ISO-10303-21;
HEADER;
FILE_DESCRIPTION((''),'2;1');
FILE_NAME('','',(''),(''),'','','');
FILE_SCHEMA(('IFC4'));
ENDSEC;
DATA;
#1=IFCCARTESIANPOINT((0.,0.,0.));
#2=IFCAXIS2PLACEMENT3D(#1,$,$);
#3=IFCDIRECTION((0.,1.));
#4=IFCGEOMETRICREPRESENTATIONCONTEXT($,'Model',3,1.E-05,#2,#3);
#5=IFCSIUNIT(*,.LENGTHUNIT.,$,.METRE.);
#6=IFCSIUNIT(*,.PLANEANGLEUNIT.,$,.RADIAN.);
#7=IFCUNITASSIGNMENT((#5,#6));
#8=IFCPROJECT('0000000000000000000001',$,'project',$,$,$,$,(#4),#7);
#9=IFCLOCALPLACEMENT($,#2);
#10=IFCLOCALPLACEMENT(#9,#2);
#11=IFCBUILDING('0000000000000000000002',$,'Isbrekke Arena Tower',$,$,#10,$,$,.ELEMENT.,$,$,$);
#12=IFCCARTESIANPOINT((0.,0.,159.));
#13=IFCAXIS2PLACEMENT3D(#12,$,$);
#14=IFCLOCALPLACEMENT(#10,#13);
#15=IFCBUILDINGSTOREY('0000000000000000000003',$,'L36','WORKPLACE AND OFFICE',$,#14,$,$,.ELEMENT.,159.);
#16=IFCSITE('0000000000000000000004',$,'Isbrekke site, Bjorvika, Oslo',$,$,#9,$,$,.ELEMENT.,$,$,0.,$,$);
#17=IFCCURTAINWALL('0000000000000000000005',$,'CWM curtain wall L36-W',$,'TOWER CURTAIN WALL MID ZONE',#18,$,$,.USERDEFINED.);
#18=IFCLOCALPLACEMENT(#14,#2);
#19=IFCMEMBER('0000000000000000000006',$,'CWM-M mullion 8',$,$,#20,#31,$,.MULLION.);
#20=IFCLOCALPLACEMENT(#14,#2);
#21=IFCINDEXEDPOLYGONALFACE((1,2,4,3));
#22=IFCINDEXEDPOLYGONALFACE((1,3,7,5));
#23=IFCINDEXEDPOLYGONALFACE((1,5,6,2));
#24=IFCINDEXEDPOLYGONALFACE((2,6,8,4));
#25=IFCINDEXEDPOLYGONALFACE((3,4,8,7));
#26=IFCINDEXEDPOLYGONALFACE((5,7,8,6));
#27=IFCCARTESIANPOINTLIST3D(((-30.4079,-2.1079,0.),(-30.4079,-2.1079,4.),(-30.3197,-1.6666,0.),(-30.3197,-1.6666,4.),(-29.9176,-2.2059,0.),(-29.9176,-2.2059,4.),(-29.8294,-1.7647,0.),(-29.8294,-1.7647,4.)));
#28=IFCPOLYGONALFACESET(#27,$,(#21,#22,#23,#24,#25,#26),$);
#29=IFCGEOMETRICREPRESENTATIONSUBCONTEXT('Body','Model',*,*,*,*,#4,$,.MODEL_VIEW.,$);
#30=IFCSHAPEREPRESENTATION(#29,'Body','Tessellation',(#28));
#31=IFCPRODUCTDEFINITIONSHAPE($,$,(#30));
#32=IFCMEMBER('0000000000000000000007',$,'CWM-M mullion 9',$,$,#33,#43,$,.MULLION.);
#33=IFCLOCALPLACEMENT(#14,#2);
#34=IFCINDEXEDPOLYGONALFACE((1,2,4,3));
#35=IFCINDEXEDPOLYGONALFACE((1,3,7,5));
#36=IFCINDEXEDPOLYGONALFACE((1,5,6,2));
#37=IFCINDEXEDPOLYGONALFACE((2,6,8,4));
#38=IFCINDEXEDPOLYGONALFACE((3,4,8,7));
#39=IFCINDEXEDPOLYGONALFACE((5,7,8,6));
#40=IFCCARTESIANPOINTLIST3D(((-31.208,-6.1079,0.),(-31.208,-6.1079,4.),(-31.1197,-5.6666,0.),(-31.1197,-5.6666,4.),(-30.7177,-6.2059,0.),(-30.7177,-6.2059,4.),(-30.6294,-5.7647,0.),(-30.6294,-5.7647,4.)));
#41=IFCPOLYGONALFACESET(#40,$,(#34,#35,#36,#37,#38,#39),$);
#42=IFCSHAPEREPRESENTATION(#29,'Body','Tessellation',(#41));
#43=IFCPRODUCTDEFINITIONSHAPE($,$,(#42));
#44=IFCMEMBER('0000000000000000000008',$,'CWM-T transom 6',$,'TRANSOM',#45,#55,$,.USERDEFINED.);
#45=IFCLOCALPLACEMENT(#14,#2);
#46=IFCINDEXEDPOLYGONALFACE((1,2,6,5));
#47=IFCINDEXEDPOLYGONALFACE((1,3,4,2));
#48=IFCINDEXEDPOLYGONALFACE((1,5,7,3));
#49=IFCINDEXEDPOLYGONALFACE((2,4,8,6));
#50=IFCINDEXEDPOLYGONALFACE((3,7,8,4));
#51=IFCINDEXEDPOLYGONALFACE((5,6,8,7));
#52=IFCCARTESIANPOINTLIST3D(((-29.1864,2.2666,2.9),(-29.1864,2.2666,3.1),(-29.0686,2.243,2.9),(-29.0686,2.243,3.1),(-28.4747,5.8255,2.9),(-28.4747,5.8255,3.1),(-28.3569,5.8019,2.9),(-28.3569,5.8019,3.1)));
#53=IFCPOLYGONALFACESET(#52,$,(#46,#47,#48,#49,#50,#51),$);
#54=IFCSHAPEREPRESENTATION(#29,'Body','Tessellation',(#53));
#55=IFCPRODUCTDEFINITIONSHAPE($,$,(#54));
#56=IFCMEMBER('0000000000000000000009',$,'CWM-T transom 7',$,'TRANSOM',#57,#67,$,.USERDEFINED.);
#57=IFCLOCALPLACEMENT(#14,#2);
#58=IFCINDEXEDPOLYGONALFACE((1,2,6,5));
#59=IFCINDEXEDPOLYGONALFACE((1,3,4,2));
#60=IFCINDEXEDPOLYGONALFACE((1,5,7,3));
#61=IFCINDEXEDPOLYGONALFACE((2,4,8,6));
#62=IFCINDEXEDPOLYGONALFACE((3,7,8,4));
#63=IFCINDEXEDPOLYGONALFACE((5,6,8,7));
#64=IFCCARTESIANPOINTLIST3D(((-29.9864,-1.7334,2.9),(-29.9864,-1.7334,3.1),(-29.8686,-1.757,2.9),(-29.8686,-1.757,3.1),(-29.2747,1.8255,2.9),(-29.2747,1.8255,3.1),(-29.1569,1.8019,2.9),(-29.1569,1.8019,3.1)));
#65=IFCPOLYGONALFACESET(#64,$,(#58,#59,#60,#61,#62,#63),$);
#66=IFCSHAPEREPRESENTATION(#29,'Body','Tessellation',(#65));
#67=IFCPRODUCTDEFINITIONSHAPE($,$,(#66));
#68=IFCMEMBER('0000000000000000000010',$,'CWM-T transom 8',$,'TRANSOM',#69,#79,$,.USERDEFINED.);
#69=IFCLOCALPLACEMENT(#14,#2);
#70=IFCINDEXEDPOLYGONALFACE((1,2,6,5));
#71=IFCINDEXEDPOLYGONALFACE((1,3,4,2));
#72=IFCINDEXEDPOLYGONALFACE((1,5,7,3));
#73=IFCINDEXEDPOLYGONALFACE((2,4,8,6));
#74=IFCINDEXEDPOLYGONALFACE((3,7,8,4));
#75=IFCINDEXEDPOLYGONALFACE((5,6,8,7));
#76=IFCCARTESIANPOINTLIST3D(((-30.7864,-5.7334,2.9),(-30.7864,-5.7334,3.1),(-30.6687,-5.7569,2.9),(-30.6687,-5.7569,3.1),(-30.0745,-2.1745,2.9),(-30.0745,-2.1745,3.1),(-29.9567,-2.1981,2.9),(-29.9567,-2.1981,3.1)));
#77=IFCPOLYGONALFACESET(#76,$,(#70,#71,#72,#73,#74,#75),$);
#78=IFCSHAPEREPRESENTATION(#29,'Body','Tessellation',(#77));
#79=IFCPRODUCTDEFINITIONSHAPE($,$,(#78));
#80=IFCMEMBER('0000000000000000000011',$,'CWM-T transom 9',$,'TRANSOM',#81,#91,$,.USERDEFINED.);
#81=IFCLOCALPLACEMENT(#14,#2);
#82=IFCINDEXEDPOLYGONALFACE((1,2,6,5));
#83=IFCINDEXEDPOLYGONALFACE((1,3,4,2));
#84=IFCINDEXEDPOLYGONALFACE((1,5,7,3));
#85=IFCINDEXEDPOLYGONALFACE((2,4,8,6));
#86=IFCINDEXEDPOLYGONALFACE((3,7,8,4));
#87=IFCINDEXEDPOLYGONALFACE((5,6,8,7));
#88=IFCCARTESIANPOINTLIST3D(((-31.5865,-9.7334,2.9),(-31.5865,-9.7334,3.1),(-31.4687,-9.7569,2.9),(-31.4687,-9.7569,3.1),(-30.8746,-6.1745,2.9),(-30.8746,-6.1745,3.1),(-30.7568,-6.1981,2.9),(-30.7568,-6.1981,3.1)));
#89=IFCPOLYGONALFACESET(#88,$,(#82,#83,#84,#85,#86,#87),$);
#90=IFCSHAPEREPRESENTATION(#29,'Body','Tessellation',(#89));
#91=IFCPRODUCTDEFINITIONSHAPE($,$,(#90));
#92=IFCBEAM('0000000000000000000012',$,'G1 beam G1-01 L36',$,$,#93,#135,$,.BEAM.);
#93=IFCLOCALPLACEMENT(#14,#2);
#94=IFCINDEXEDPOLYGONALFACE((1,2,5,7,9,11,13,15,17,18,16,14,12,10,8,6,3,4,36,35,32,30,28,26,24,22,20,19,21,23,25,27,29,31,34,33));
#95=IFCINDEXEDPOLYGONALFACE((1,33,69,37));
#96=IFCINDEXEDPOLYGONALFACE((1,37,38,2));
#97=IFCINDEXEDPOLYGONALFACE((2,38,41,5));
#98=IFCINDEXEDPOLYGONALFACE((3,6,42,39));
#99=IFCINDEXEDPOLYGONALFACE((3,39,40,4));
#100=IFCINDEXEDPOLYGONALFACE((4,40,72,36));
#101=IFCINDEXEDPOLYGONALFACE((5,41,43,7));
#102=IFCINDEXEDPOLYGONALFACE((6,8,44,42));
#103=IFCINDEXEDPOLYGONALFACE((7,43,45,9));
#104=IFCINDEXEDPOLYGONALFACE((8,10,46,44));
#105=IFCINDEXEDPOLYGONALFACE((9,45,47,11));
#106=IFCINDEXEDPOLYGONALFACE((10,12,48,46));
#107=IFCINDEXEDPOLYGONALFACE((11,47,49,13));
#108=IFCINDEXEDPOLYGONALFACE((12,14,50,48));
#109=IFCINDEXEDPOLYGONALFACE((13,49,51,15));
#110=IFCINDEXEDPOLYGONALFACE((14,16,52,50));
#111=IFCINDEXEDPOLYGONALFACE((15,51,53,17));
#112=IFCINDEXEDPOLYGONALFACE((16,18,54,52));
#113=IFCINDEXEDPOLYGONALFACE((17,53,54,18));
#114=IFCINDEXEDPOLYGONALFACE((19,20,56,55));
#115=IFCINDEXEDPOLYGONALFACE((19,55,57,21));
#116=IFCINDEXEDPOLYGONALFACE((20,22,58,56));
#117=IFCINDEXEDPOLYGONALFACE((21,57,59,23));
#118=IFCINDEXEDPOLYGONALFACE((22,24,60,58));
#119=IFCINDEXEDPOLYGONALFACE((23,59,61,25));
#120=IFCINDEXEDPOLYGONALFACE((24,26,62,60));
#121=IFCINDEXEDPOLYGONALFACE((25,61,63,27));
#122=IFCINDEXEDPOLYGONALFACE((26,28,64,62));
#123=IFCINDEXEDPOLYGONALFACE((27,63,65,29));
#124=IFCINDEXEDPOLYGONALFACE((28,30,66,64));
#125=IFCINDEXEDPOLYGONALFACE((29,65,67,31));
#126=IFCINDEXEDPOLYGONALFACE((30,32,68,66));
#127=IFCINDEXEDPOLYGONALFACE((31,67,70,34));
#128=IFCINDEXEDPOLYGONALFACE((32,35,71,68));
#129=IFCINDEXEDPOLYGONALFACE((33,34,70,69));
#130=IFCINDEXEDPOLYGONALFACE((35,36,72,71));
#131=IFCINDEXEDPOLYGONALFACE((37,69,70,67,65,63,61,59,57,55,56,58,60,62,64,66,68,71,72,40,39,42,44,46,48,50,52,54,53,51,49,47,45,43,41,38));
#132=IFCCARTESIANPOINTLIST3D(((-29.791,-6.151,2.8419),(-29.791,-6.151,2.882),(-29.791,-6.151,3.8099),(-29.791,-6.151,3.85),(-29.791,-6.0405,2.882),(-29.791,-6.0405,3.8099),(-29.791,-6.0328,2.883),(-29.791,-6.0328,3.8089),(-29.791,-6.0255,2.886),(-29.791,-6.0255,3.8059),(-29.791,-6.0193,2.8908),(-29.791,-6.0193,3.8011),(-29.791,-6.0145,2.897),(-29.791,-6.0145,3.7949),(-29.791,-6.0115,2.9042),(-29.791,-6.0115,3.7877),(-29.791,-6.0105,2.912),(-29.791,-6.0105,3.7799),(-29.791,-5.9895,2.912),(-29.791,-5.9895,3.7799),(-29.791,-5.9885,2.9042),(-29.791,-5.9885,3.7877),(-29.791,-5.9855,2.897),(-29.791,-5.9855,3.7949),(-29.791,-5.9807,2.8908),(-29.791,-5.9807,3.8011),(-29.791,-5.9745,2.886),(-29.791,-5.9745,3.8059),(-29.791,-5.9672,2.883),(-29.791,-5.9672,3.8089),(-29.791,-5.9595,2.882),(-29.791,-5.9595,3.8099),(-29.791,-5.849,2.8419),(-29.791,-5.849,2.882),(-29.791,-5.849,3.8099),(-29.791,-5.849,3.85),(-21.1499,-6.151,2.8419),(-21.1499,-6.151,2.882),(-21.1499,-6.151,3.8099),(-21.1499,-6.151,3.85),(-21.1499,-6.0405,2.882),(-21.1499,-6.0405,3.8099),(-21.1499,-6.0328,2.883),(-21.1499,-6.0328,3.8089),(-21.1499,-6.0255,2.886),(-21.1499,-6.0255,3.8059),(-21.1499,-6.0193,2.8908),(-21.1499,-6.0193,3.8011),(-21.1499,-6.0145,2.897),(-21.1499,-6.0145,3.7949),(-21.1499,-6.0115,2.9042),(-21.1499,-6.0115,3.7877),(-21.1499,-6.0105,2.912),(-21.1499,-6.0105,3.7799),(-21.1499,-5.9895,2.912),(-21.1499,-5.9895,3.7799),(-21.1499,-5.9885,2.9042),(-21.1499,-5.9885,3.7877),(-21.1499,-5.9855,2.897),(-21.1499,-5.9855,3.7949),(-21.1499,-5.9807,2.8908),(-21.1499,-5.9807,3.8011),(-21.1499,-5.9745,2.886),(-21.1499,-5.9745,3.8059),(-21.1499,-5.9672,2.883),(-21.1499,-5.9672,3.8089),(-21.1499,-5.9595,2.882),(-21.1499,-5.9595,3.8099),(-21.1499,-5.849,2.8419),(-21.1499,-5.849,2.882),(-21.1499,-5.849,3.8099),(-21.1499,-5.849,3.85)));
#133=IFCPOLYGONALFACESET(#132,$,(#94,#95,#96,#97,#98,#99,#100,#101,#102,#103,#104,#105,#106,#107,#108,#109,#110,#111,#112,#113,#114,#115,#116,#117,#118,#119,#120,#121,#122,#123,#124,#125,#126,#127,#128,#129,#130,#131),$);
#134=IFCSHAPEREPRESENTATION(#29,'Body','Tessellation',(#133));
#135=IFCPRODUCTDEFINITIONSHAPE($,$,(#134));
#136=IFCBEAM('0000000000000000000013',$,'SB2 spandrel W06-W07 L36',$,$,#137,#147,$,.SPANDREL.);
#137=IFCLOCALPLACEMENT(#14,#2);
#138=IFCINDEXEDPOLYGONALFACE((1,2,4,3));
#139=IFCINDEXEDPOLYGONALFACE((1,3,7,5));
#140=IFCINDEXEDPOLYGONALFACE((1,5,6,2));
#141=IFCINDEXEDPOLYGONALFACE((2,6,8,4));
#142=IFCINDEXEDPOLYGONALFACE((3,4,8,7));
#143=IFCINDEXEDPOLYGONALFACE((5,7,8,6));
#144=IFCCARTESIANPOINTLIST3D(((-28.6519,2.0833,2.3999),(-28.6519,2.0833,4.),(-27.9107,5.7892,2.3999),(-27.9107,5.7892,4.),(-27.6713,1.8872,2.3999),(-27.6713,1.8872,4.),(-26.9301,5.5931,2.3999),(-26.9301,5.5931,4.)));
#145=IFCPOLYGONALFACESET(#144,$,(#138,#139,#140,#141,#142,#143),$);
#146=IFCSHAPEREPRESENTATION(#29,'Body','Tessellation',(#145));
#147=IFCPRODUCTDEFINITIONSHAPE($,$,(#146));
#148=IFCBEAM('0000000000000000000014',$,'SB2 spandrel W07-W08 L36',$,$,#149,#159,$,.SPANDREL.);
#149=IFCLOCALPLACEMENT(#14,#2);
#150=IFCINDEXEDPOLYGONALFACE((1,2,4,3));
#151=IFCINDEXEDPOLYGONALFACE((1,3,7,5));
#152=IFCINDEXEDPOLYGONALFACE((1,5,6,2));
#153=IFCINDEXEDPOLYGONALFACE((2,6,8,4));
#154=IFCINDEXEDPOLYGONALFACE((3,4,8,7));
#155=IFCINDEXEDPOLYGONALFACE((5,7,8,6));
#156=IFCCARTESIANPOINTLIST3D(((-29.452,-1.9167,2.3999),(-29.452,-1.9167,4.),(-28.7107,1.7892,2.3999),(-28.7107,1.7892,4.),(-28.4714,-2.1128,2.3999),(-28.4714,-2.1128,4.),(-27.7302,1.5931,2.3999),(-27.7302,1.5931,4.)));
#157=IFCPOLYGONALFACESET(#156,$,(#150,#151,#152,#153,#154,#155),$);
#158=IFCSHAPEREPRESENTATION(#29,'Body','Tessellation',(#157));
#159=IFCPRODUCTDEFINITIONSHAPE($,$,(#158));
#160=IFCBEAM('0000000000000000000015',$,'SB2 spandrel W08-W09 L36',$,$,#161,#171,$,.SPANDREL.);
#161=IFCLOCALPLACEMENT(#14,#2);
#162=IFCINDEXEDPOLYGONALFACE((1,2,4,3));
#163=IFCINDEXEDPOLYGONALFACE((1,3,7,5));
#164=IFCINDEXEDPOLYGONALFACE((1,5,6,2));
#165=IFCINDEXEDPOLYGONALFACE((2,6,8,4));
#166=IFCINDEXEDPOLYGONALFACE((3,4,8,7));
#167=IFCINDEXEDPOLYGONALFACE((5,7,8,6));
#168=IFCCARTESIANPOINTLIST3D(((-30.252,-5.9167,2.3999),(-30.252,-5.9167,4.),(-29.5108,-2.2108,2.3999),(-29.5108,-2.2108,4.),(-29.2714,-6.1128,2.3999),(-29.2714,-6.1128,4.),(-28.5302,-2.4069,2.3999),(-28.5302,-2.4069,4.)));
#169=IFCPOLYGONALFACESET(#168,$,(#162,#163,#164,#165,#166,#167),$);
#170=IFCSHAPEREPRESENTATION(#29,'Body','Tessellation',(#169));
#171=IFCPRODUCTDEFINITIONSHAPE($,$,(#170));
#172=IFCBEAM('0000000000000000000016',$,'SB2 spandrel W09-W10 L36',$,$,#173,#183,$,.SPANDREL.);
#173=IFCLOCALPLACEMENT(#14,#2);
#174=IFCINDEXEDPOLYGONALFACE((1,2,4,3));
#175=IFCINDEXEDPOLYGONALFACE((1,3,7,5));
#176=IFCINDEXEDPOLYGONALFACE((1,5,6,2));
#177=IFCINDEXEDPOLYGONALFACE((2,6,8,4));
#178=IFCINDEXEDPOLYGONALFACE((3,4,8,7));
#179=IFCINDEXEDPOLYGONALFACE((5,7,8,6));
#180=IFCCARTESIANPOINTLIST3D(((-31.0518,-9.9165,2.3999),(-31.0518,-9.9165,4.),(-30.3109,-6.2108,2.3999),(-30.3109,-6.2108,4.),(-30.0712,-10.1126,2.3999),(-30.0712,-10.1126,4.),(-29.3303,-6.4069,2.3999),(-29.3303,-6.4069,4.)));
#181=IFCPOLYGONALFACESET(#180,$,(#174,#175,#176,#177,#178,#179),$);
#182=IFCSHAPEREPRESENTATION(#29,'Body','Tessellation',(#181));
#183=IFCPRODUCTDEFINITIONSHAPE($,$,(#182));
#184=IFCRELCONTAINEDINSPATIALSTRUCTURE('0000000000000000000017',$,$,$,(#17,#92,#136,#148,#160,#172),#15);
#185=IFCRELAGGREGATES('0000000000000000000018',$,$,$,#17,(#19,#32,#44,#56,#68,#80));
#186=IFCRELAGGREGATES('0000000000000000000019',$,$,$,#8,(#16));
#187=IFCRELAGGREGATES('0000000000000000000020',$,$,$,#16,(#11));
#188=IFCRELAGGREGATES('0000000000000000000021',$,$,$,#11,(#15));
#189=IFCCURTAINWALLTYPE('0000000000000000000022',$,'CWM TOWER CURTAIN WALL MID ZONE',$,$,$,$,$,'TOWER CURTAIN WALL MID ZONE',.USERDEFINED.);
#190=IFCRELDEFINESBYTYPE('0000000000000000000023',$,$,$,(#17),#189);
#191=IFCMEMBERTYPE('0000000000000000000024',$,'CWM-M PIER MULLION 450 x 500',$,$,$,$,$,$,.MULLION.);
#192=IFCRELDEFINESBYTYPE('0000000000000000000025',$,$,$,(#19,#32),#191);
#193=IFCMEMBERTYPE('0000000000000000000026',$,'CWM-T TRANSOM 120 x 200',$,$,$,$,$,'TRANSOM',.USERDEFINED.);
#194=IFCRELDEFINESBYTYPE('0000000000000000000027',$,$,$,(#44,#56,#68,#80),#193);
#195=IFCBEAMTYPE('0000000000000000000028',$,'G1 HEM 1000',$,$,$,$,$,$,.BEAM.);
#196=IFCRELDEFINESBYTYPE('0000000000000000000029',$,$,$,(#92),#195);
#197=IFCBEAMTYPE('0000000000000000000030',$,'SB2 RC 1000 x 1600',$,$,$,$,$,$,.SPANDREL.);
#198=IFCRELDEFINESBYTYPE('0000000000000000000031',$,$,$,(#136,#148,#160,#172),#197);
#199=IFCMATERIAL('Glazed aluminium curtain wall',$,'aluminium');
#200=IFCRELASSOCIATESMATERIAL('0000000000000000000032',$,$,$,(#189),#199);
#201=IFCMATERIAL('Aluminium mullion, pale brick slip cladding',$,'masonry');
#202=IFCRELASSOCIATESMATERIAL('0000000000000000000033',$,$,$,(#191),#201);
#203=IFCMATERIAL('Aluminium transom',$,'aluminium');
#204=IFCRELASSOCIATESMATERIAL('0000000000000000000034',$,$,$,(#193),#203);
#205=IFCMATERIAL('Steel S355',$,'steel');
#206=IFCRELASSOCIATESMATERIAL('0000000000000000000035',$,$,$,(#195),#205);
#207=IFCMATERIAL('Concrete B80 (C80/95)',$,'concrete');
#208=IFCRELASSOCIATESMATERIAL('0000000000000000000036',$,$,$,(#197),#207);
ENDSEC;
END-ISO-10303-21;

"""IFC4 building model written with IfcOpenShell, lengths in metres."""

from ifc_helpers import new_model, si_unit, direction, frame, origin, origin_2d, place, context, subcontext, project, spatial, rectangle, i_section, extrude, material, material_profile, profile_set, type_object, element, aggregate, save


model = new_model("IFC4")

# Units and contexts
model_context = context("Model", 3, precision=1e-05, world=origin(), true_north=direction((0.0, 1.0)))
body_context = subcontext(model_context, "Body", "Model", "MODEL_VIEW")
ifc_project = project(units=[si_unit("LENGTHUNIT", "METRE"), si_unit("PLANEANGLEUNIT", "RADIAN")], contexts=[model_context])

# Site, building, storey
site_placement = place(None, origin())
site = spatial("IfcSite", under=ifc_project, at=site_placement, Name="Isbrekke site, Bjorvika, Oslo", CompositionType="ELEMENT", RefElevation=0.0)
building_placement = place(site_placement, origin())
building = spatial("IfcBuilding", under=site, at=building_placement, Name="Isbrekke Arena Tower", CompositionType="ELEMENT")
storey_placement = place(building_placement, frame((0.0, 0.0, 159.0)))
storey = spatial("IfcBuildingStorey", under=building, at=storey_placement, Name="L36", Description="WORKPLACE AND OFFICE", CompositionType="ELEMENT", Elevation=159.0)

# Curtain wall, members
ifc_material_1 = material(Name="Glazed aluminium curtain wall", Category="aluminium")
curtain_wall_type = type_object("IfcCurtainWallType", Name="CWM TOWER CURTAIN WALL MID ZONE", ElementType="TOWER CURTAIN WALL MID ZONE", PredefinedType="USERDEFINED", material=ifc_material_1)
curtain_wall_placement = place(storey_placement, origin())
curtain_wall = element("IfcCurtainWall", 1, at=curtain_wall_placement, inside=storey, type_object=curtain_wall_type, Name="CWM curtain wall L36-W", ObjectType="TOWER CURTAIN WALL MID ZONE", PredefinedType="USERDEFINED")
ifc_material_2 = material(Name="Aluminium mullion, pale brick slip cladding", Category="masonry")
ifc_material_profile_1 = material_profile(ifc_material_2, rectangle(XDim=0.45, YDim=0.5, at=origin_2d()), Name="PIER 450X500")
ifc_profile_set_1 = profile_set([ifc_material_profile_1], Name="Aluminium mullion, pale brick slip cladding")
member_type_1 = type_object("IfcMemberType", Name="CWM-M PIER MULLION 450 x 500", PredefinedType="MULLION", material=ifc_profile_set_1)
member_1_placement = place(storey_placement, frame((-30.1187, -1.9363, 0.0), z_axis=(0.0, 0.0, 1.0), x_axis=(-0.196116, -0.980581, 0.0)))
member_1 = element("IfcMember", 2, at=member_1_placement, type_object=member_type_1, Name="CWM-M mullion 8", PredefinedType="MULLION", context=body_context, shape_type="SweptSolid", body=[
    extrude(rectangle(XDim=0.45, YDim=0.5, at=origin_2d()), origin(), (0.0, 0.0, 1.0), 4.0),
])
member_2_placement = place(storey_placement, frame((-30.9187, -5.9363, 0.0), z_axis=(0.0, 0.0, 1.0), x_axis=(-0.196116, -0.980581, 0.0)))
member_2 = element("IfcMember", 3, at=member_2_placement, type_object=member_type_1, Name="CWM-M mullion 9", PredefinedType="MULLION", context=body_context, shape_type="SweptSolid", body=[
    extrude(rectangle(XDim=0.45, YDim=0.5, at=origin_2d()), origin(), (0.0, 0.0, 1.0), 4.0),
])
ifc_material_3 = material(Name="Aluminium transom", Category="aluminium")
ifc_material_profile_2 = material_profile(ifc_material_3, rectangle(XDim=0.1201, YDim=0.2, at=origin_2d()), Name="TRANSOM 120X200")
ifc_profile_set_2 = profile_set([ifc_material_profile_2], Name="Aluminium transom")
member_type_2 = type_object("IfcMemberType", Name="CWM-T TRANSOM 120 x 200", ElementType="TRANSOM", PredefinedType="USERDEFINED", material=ifc_profile_set_2)
member_3_placement = place(storey_placement, frame((-28.4158, 5.8137, 3.0), z_axis=(-0.19609, -0.980586, 0.0), x_axis=(0.980586, -0.19609, 0.0)))
member_3 = element("IfcMember", 4, at=member_3_placement, type_object=member_type_2, Name="CWM-T transom 6", ObjectType="TRANSOM", PredefinedType="USERDEFINED", context=body_context, shape_type="SweptSolid", body=[
    extrude(rectangle(XDim=0.1201, YDim=0.2, at=origin_2d()), origin(), (0.0, 0.0, 1.0), 3.6294),
])
member_4_placement = place(storey_placement, frame((-29.2158, 1.8137, 3.0), z_axis=(-0.19609, -0.980586, 0.0), x_axis=(0.980586, -0.19609, 0.0)))
member_4 = element("IfcMember", 5, at=member_4_placement, type_object=member_type_2, Name="CWM-T transom 7", ObjectType="TRANSOM", PredefinedType="USERDEFINED", context=body_context, shape_type="SweptSolid", body=[
    extrude(rectangle(XDim=0.1201, YDim=0.2, at=origin_2d()), origin(), (0.0, 0.0, 1.0), 3.6294),
])
member_5_placement = place(storey_placement, frame((-30.0156, -2.1863, 3.0), z_axis=(-0.196155, -0.980573, 0.0), x_axis=(0.980573, -0.196155, 0.0)))
member_5 = element("IfcMember", 6, at=member_5_placement, type_object=member_type_2, Name="CWM-T transom 8", ObjectType="TRANSOM", PredefinedType="USERDEFINED", context=body_context, shape_type="SweptSolid", body=[
    extrude(rectangle(XDim=0.1201, YDim=0.2, at=origin_2d()), origin(), (0.0, 0.0, 1.0), 3.6294),
])
member_6_placement = place(storey_placement, frame((-30.8157, -6.1863, 3.0), z_axis=(-0.196155, -0.980573, 0.0), x_axis=(0.980573, -0.196155, 0.0)))
member_6 = element("IfcMember", 7, at=member_6_placement, type_object=member_type_2, Name="CWM-T transom 9", ObjectType="TRANSOM", PredefinedType="USERDEFINED", context=body_context, shape_type="SweptSolid", body=[
    extrude(rectangle(XDim=0.1201, YDim=0.2, at=origin_2d()), origin(), (0.0, 0.0, 1.0), 3.6294),
])

# Beams
ifc_material_4 = material(Name="Steel S355", Category="steel")
ifc_material_profile_3 = material_profile(ifc_material_4, i_section(OverallWidth=0.302, OverallDepth=1.0081, WebThickness=0.021, FlangeThickness=0.04, FilletRadius=0.03, at=origin_2d()), Name="HEM 1000")
ifc_profile_set_3 = profile_set([ifc_material_profile_3], Name="Steel S355")
beam_type_1 = type_object("IfcBeamType", Name="G1 HEM 1000", PredefinedType="BEAM", material=ifc_profile_set_3)
beam_1_placement = place(storey_placement, frame((-29.791, -6.0, 3.3459), z_axis=(1.0, 0.0, 0.0), x_axis=(0.0, 1.0, 0.0)))
element("IfcBeam", 8, at=beam_1_placement, inside=storey, type_object=beam_type_1, Name="G1 beam G1-01 L36", PredefinedType="BEAM", context=body_context, shape_type="SweptSolid", body=[
    extrude(i_section(OverallWidth=0.302, OverallDepth=1.0081, WebThickness=0.021, FlangeThickness=0.04, FilletRadius=0.03, at=origin_2d()), origin(), (0.0, 0.0, 1.0), 8.6411),
])
ifc_material_5 = material(Name="Concrete B80 (C80/95)", Category="concrete")
ifc_material_profile_4 = material_profile(ifc_material_5, rectangle(XDim=1.0, YDim=1.6001, at=origin_2d()), Name="RC 1000x1600")
ifc_profile_set_4 = profile_set([ifc_material_profile_4], Name="Concrete B80 (C80/95)")
beam_type_2 = type_object("IfcBeamType", Name="SB2 RC 1000 x 1600", PredefinedType="SPANDREL", material=ifc_profile_set_4)
for number, where, z_axis, x_axis, name in (
    (9, (-27.4204, 5.6912, 3.2), (-0.196129, -0.980578, 0.0), (0.980578, -0.196129, 0.0), "SB2 spandrel W06-W07 L36"),
    (10, (-28.2205, 1.6912, 3.2), (-0.196129, -0.980578, 0.0), (0.980578, -0.196129, 0.0), "SB2 spandrel W07-W08 L36"),
    (11, (-29.0205, -2.3088, 3.2), (-0.196129, -0.980578, 0.0), (0.980578, -0.196129, 0.0), "SB2 spandrel W08-W09 L36"),
):
    element("IfcBeam", number, at=place(storey_placement, frame(where, z_axis=z_axis, x_axis=x_axis)), inside=storey, type_object=beam_type_2, Name=name, PredefinedType="SPANDREL", context=body_context, shape_type="SweptSolid", body=[
        extrude(rectangle(XDim=1.0, YDim=1.6001, at=origin_2d()), origin(), (0.0, 0.0, 1.0), 3.7793),
    ])
beam_2_placement = place(storey_placement, frame((-29.8206, -6.3088, 3.2), z_axis=(-0.196066, -0.980591, 0.0), x_axis=(0.980591, -0.196066, 0.0)))
element("IfcBeam", 12, at=beam_2_placement, inside=storey, type_object=beam_type_2, Name="SB2 spandrel W09-W10 L36", PredefinedType="SPANDREL", context=body_context, shape_type="SweptSolid", body=[
    extrude(rectangle(XDim=1.0, YDim=1.6001, at=origin_2d()), origin(), (0.0, 0.0, 1.0), 3.7791),
])

aggregate(curtain_wall, [member_1, member_2, member_3, member_4, member_5, member_6])

save(model, "model.ifc")
